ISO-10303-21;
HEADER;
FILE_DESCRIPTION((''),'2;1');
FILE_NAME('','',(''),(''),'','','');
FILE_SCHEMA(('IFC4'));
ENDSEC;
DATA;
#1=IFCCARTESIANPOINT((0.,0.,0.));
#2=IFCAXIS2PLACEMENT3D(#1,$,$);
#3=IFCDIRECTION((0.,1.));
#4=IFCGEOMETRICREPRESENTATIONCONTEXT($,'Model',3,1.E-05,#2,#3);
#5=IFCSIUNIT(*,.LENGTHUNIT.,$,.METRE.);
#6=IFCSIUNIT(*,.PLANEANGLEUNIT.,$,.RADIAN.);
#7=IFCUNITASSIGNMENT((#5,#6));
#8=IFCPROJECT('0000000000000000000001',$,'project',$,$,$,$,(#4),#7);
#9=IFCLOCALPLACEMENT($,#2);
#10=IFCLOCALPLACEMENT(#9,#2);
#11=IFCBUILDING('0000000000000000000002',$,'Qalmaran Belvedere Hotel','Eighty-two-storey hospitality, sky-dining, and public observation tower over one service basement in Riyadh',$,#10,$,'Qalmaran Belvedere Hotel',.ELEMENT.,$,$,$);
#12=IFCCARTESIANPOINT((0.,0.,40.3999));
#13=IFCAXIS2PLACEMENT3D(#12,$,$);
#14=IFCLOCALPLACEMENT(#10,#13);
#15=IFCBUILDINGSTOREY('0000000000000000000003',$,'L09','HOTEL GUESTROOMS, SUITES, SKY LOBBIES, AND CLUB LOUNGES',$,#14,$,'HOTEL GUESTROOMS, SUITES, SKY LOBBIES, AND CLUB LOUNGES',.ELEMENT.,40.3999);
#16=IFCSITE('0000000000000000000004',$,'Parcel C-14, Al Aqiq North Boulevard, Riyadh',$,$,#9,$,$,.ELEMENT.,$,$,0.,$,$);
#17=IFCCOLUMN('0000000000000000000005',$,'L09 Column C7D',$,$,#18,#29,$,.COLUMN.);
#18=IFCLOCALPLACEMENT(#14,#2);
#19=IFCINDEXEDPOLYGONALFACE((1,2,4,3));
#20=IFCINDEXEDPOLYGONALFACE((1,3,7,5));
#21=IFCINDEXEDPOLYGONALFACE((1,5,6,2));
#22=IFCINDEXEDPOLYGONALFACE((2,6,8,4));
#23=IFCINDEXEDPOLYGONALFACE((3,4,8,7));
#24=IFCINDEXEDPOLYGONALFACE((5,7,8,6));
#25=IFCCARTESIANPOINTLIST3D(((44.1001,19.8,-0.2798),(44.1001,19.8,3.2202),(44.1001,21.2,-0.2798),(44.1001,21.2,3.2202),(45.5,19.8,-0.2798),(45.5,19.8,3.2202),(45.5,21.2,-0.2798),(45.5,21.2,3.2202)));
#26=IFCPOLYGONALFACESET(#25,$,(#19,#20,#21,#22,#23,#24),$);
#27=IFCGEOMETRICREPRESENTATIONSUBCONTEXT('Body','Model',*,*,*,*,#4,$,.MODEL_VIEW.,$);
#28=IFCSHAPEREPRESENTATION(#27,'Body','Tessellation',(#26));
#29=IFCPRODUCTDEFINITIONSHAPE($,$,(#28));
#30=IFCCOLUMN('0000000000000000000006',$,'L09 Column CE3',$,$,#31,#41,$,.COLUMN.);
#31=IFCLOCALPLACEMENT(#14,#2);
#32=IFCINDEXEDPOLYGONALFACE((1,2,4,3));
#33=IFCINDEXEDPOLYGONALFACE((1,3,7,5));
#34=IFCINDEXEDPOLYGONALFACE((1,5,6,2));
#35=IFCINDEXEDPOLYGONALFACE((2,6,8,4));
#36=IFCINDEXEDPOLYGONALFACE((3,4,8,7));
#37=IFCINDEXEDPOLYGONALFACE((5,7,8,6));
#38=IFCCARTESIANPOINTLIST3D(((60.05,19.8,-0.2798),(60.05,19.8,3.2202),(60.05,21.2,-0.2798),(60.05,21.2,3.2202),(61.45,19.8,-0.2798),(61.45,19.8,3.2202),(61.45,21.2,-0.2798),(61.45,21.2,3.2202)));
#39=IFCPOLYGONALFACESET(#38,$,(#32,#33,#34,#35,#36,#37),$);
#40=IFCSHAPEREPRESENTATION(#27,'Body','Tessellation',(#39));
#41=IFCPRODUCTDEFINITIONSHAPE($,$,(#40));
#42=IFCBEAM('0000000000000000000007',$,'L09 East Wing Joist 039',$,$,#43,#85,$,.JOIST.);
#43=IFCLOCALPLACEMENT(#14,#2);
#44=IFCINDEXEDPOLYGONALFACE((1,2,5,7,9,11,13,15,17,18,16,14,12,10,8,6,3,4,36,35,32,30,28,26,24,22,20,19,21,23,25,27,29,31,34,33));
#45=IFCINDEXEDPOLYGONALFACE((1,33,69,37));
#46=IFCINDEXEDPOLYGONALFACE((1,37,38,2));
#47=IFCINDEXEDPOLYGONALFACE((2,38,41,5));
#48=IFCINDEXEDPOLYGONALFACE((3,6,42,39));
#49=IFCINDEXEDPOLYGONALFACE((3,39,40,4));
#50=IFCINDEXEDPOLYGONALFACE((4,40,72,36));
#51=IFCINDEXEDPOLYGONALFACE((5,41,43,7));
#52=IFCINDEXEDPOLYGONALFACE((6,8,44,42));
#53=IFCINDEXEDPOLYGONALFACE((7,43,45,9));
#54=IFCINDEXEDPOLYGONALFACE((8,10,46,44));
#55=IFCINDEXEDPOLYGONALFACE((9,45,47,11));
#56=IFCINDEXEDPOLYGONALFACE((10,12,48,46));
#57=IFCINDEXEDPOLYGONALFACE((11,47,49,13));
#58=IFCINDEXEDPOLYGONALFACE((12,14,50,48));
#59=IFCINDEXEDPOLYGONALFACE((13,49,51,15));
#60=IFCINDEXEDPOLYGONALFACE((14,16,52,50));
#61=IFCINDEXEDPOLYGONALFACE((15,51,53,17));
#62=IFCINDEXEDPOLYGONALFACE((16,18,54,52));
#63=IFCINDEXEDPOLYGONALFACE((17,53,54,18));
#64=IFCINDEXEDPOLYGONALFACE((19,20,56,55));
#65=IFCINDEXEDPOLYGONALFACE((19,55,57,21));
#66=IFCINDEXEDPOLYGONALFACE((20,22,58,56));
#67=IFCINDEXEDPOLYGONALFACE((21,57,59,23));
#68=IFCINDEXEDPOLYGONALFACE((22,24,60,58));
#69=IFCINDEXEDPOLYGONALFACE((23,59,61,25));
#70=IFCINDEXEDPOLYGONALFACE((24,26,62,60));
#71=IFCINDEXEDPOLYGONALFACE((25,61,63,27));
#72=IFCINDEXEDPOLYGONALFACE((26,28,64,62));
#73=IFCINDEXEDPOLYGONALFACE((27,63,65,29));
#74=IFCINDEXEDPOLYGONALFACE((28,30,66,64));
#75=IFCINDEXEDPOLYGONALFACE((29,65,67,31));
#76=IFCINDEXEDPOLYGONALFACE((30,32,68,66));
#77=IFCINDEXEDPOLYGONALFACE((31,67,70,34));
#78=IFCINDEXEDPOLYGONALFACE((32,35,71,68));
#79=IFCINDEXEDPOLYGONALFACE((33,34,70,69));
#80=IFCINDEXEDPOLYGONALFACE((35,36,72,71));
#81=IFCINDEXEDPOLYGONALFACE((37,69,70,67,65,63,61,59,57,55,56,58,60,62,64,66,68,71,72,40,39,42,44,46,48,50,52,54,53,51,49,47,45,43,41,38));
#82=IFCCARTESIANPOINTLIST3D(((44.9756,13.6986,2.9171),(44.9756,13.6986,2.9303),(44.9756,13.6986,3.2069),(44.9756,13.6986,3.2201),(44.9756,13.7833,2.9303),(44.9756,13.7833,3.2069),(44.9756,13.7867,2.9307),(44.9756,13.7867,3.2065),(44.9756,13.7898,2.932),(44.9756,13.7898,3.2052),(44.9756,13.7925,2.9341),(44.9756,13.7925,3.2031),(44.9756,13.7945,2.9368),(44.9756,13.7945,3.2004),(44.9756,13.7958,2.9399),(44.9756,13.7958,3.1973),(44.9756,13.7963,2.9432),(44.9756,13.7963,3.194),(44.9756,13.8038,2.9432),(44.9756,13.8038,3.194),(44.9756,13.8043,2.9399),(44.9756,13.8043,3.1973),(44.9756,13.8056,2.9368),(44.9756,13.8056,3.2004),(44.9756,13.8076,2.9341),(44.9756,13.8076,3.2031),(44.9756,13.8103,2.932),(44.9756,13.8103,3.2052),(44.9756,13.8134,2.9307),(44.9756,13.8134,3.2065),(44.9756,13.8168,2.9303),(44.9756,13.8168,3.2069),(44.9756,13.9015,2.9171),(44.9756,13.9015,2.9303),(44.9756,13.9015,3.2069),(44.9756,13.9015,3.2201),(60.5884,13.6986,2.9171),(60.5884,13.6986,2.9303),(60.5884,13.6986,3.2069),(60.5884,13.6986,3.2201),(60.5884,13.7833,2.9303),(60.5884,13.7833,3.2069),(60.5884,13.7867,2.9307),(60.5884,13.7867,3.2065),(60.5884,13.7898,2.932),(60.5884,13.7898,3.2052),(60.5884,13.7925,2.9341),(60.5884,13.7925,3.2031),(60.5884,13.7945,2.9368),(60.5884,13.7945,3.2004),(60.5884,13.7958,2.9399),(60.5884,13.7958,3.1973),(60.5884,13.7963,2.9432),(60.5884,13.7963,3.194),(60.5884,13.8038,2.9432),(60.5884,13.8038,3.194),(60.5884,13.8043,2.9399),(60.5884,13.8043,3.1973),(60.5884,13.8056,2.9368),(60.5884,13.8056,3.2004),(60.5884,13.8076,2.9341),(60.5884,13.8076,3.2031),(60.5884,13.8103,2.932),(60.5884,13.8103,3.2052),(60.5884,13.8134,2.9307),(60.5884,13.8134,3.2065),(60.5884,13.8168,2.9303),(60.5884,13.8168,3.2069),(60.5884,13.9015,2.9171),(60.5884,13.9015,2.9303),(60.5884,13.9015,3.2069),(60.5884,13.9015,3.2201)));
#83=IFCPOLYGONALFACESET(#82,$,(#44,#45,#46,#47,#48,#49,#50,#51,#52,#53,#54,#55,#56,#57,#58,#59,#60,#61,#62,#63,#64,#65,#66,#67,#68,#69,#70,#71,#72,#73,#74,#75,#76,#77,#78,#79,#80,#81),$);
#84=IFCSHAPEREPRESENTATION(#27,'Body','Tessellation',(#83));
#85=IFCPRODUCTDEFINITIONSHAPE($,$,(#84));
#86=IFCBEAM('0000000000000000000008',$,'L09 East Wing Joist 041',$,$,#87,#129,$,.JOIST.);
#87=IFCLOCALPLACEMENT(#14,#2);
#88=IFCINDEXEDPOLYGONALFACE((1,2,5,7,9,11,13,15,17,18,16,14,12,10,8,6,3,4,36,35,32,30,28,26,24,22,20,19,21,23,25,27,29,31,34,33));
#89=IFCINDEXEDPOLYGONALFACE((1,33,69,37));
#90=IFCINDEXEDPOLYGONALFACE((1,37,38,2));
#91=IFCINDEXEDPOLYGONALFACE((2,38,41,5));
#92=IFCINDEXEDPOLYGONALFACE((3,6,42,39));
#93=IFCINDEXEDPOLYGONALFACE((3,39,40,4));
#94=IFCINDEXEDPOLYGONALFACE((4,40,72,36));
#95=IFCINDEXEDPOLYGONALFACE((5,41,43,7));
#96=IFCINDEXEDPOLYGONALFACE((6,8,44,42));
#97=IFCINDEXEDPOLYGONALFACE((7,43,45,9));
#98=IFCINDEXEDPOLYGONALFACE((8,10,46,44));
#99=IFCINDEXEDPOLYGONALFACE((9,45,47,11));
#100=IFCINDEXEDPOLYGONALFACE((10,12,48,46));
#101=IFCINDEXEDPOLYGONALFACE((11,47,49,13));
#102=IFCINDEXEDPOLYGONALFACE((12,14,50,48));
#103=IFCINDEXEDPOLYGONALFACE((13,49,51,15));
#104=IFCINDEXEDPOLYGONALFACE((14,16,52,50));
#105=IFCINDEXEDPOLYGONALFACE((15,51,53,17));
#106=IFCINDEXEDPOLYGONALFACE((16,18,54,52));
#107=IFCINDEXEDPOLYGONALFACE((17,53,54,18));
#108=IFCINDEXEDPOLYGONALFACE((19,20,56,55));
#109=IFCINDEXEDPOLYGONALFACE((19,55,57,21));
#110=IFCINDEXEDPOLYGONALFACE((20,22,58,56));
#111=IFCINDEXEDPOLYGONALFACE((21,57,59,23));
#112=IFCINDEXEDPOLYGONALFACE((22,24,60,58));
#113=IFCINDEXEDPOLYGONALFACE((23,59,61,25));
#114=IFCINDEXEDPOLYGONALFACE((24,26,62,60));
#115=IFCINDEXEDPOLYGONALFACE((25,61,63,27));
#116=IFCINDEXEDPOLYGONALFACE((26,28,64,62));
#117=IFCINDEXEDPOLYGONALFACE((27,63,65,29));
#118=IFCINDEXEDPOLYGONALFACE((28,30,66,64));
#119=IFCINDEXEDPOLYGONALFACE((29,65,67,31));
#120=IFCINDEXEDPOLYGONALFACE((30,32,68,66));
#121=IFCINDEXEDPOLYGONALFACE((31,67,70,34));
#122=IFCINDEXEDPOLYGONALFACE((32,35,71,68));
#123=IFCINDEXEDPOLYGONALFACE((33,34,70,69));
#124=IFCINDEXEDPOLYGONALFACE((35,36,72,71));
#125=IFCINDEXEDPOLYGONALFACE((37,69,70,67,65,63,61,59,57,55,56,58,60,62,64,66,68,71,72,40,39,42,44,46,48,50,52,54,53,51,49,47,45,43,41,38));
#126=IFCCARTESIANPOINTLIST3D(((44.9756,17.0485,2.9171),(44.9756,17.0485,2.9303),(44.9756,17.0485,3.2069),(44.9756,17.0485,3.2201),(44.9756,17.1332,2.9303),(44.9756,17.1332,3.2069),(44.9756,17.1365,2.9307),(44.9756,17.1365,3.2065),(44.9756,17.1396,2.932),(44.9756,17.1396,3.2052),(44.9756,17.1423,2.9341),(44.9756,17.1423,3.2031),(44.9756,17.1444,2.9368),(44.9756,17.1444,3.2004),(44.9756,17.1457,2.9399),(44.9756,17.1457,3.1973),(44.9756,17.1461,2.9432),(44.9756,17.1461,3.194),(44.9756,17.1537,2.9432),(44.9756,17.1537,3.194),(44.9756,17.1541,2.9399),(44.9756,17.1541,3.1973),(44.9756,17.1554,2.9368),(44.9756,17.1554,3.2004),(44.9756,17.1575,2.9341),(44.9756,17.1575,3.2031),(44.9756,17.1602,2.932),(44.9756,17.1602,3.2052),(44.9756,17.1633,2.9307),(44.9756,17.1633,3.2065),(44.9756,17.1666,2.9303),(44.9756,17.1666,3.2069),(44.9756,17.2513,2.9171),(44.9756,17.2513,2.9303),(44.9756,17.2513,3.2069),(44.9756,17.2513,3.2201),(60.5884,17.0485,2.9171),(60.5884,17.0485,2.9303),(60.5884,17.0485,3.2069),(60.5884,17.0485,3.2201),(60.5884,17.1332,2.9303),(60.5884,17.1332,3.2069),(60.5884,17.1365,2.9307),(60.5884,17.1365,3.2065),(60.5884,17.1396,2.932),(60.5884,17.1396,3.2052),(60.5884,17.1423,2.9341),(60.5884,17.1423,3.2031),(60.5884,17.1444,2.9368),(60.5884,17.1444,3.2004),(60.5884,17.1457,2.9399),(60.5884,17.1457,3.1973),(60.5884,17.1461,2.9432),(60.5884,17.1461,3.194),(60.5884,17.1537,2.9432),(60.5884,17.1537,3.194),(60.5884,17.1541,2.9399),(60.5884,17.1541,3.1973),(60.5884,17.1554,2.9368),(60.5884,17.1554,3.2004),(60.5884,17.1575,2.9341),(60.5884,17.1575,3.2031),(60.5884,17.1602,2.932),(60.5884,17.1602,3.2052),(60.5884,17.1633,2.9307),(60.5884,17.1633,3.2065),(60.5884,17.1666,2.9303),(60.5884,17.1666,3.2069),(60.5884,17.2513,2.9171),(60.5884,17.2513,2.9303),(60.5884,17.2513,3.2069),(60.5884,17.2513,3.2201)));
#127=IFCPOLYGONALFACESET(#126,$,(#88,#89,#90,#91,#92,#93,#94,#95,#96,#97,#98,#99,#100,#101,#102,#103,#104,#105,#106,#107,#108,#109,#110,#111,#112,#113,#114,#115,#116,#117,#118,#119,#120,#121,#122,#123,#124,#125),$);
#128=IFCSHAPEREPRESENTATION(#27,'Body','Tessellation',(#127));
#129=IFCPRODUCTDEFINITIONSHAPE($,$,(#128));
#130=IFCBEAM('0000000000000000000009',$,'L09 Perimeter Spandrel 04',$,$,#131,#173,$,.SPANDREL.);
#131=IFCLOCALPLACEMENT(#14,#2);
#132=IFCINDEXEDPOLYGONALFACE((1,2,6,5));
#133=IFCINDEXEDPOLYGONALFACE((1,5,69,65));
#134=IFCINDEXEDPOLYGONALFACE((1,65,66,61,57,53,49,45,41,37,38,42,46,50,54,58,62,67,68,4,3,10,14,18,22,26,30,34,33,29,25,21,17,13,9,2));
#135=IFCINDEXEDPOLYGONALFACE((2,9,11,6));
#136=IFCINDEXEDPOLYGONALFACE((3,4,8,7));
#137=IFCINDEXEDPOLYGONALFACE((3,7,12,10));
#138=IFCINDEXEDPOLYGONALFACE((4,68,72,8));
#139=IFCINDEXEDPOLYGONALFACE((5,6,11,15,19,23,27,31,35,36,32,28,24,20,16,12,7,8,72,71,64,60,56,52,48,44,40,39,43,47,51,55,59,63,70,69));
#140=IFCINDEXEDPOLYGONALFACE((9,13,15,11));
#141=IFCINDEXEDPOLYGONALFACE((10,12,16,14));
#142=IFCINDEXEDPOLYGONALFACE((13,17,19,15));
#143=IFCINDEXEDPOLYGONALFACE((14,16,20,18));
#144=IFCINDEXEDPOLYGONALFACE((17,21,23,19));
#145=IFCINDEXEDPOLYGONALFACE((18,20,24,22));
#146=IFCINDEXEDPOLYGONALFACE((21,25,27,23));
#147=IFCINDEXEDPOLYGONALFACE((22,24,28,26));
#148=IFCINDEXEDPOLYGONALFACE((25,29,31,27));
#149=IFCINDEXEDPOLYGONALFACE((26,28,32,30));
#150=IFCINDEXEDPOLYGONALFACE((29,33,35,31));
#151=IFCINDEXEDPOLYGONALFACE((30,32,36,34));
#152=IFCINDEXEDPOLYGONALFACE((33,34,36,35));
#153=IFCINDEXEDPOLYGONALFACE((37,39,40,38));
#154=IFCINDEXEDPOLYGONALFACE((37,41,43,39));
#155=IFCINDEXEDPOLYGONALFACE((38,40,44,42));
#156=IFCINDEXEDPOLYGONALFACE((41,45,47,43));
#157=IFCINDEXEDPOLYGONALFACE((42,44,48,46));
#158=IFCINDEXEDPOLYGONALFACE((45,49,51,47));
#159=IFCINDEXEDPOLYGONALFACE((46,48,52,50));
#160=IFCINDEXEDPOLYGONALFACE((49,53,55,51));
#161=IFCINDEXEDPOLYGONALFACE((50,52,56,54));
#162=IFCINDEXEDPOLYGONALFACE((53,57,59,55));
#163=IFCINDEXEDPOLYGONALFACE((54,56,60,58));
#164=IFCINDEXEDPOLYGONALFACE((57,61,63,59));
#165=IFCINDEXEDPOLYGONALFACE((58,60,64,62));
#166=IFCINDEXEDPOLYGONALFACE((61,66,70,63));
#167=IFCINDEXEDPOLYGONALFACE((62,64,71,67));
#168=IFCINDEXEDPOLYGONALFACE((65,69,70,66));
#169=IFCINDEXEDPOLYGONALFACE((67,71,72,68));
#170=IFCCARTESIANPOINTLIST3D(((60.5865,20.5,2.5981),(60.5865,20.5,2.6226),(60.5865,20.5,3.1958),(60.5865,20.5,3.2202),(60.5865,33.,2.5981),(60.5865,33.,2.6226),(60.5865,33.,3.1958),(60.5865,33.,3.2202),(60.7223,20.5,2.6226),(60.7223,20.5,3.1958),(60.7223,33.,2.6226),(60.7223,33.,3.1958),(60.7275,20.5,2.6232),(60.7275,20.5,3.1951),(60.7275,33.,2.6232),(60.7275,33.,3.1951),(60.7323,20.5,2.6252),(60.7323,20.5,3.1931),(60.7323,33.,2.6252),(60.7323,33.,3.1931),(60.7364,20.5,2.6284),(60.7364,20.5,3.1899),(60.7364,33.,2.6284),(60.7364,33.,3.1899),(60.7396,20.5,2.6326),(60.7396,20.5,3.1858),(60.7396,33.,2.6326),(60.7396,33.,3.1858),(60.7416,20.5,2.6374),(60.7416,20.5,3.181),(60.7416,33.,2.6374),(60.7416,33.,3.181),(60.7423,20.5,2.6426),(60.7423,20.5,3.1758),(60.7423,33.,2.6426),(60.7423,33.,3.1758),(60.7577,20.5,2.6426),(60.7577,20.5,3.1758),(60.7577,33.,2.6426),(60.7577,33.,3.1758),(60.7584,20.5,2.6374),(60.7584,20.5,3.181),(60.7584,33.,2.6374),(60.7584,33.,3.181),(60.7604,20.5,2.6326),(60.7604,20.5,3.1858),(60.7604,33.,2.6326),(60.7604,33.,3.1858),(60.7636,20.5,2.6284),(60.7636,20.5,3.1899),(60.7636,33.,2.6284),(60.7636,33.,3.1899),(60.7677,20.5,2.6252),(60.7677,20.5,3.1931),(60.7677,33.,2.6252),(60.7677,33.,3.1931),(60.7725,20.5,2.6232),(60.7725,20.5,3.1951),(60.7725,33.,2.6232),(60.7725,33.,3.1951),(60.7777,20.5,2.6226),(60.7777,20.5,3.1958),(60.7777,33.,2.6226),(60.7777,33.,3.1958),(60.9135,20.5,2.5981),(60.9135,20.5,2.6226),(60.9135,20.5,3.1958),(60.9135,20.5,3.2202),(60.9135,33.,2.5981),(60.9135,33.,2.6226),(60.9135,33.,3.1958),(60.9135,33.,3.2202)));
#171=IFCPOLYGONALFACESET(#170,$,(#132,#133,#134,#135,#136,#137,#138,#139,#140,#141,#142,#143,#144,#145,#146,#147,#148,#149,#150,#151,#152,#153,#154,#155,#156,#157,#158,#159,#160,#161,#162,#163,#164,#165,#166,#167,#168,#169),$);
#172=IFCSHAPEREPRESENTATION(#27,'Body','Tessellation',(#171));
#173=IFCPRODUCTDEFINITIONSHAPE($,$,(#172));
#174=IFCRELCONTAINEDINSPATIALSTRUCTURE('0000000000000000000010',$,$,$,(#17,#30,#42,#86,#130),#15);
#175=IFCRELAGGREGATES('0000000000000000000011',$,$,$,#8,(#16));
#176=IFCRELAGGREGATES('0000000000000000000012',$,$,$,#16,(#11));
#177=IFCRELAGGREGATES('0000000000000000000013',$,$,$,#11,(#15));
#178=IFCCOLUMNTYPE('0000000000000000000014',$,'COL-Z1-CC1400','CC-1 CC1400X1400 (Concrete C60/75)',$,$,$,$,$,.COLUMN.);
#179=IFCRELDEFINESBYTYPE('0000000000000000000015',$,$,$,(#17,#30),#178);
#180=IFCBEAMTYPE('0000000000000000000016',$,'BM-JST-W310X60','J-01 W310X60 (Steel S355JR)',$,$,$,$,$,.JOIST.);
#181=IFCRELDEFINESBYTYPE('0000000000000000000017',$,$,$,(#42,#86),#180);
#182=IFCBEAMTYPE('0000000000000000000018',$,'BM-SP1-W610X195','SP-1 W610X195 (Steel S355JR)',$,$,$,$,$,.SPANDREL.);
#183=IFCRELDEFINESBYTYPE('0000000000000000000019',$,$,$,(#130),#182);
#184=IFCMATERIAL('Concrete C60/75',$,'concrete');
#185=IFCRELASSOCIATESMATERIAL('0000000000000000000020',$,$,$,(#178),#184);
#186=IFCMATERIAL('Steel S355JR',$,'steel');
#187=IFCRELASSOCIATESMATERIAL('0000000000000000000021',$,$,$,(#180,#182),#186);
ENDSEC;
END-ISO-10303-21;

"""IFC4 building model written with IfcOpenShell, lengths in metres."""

from ifc_helpers import new_model, si_unit, direction, frame, origin, origin_2d, place, context, subcontext, project, spatial, rectangle, i_section, extrude, material, material_profile, profile_set, type_object, element, save


model = new_model("IFC4")

# Units and contexts
model_context = context("Model", 3, precision=1e-05, world=origin(), true_north=direction((0.0, 1.0)))
body_context = subcontext(model_context, "Body", "Model", "MODEL_VIEW")
ifc_project = project(units=[si_unit("LENGTHUNIT", "METRE"), si_unit("PLANEANGLEUNIT", "RADIAN")], contexts=[model_context])

# Site, building, storey
site_placement = place(None, origin())
site = spatial("IfcSite", under=ifc_project, at=site_placement, Name="Parcel C-14, Al Aqiq North Boulevard, Riyadh", CompositionType="ELEMENT", RefElevation=0.0)
building_placement = place(site_placement, origin())
building = spatial("IfcBuilding", under=site, at=building_placement, Name="Qalmaran Belvedere Hotel", Description="Eighty-two-storey hospitality, sky-dining, and public observation tower over one service basement in Riyadh", LongName="Qalmaran Belvedere Hotel", CompositionType="ELEMENT")
storey_placement = place(building_placement, frame((0.0, 0.0, 40.3999)))
storey = spatial("IfcBuildingStorey", under=building, at=storey_placement, Name="L09", Description="HOTEL GUESTROOMS, SUITES, SKY LOBBIES, AND CLUB LOUNGES", LongName="HOTEL GUESTROOMS, SUITES, SKY LOBBIES, AND CLUB LOUNGES", CompositionType="ELEMENT", Elevation=40.3999)

# Columns
ifc_material_1 = material(Name="Concrete C60/75", Category="concrete")
ifc_material_profile_1 = material_profile(ifc_material_1, rectangle(XDim=1.3999, YDim=1.3999, at=origin_2d()), Name="CC1400X1400")
ifc_profile_set_1 = profile_set([ifc_material_profile_1], Name="Concrete C60/75")
column_type = type_object("IfcColumnType", Name="COL-Z1-CC1400", Description="CC-1 CC1400X1400 (Concrete C60/75)", PredefinedType="COLUMN", material=ifc_profile_set_1)
for number, where, z_axis, x_axis, name in (
    (1, (44.8, 20.5, -0.2798), (0.0, 0.0, 1.0), (1.0, 0.0, 0.0), "L09 Column C7D"),
    (2, (60.75, 20.5, -0.2798), (0.0, 0.0, 1.0), (1.0, 0.0, 0.0), "L09 Column CE3"),
):
    element("IfcColumn", number, at=place(storey_placement, frame(where, z_axis=z_axis, x_axis=x_axis)), inside=storey, type_object=column_type, Name=name, PredefinedType="COLUMN", context=body_context, shape_type="SweptSolid", body=[
        extrude(rectangle(XDim=1.3999, YDim=1.3999, at=origin_2d()), origin(), (0.0, 0.0, 1.0), 3.5),
    ])

# Beams
ifc_material_2 = material(Name="Steel S355JR", Category="steel")
ifc_material_profile_2 = material_profile(ifc_material_2, i_section(OverallWidth=0.2029, OverallDepth=0.303, WebThickness=0.0076, FlangeThickness=0.0132, FilletRadius=0.0129, at=origin_2d()), Name="W310X60")
ifc_profile_set_2 = profile_set([ifc_material_profile_2], Name="Steel S355JR")
beam_type_1 = type_object("IfcBeamType", Name="BM-JST-W310X60", Description="J-01 W310X60 (Steel S355JR)", PredefinedType="JOIST", material=ifc_profile_set_2)
for number, where, z_axis, x_axis, name in (
    (3, (44.9756, 13.8, 3.0686), (1.0, 0.0, 0.0), (0.0, 1.0, 0.0), "L09 East Wing Joist 039"),
    (4, (44.9756, 17.1499, 3.0686), (1.0, 0.0, 0.0), (0.0, 1.0, 0.0), "L09 East Wing Joist 041"),
):
    element("IfcBeam", number, at=place(storey_placement, frame(where, z_axis=z_axis, x_axis=x_axis)), inside=storey, type_object=beam_type_1, Name=name, PredefinedType="JOIST", context=body_context, shape_type="SweptSolid", body=[
        extrude(i_section(OverallWidth=0.2029, OverallDepth=0.303, WebThickness=0.0076, FlangeThickness=0.0132, FilletRadius=0.0129, at=origin_2d()), origin(), (0.0, 0.0, 1.0), 15.6128),
    ])
ifc_material_profile_3 = material_profile(ifc_material_2, i_section(OverallWidth=0.3269, OverallDepth=0.6221, WebThickness=0.0154, FlangeThickness=0.0244, FilletRadius=0.02, at=origin_2d()), Name="W610X195")
ifc_profile_set_3 = profile_set([ifc_material_profile_3], Name="Steel S355JR")
beam_type_2 = type_object("IfcBeamType", Name="BM-SP1-W610X195", Description="SP-1 W610X195 (Steel S355JR)", PredefinedType="SPANDREL", material=ifc_profile_set_3)
beam_1_placement = place(storey_placement, frame((60.75, 20.5, 2.9092), z_axis=(0.0, 1.0, 0.0), x_axis=(-1.0, 0.0, 0.0)))
element("IfcBeam", 5, at=beam_1_placement, inside=storey, type_object=beam_type_2, Name="L09 Perimeter Spandrel 04", PredefinedType="SPANDREL", context=body_context, shape_type="SweptSolid", body=[
    extrude(i_section(OverallWidth=0.3269, OverallDepth=0.6221, WebThickness=0.0154, FlangeThickness=0.0244, FilletRadius=0.02, at=origin_2d()), origin(), (0.0, 0.0, 1.0), 12.5),
])

save(model, "model.ifc")
